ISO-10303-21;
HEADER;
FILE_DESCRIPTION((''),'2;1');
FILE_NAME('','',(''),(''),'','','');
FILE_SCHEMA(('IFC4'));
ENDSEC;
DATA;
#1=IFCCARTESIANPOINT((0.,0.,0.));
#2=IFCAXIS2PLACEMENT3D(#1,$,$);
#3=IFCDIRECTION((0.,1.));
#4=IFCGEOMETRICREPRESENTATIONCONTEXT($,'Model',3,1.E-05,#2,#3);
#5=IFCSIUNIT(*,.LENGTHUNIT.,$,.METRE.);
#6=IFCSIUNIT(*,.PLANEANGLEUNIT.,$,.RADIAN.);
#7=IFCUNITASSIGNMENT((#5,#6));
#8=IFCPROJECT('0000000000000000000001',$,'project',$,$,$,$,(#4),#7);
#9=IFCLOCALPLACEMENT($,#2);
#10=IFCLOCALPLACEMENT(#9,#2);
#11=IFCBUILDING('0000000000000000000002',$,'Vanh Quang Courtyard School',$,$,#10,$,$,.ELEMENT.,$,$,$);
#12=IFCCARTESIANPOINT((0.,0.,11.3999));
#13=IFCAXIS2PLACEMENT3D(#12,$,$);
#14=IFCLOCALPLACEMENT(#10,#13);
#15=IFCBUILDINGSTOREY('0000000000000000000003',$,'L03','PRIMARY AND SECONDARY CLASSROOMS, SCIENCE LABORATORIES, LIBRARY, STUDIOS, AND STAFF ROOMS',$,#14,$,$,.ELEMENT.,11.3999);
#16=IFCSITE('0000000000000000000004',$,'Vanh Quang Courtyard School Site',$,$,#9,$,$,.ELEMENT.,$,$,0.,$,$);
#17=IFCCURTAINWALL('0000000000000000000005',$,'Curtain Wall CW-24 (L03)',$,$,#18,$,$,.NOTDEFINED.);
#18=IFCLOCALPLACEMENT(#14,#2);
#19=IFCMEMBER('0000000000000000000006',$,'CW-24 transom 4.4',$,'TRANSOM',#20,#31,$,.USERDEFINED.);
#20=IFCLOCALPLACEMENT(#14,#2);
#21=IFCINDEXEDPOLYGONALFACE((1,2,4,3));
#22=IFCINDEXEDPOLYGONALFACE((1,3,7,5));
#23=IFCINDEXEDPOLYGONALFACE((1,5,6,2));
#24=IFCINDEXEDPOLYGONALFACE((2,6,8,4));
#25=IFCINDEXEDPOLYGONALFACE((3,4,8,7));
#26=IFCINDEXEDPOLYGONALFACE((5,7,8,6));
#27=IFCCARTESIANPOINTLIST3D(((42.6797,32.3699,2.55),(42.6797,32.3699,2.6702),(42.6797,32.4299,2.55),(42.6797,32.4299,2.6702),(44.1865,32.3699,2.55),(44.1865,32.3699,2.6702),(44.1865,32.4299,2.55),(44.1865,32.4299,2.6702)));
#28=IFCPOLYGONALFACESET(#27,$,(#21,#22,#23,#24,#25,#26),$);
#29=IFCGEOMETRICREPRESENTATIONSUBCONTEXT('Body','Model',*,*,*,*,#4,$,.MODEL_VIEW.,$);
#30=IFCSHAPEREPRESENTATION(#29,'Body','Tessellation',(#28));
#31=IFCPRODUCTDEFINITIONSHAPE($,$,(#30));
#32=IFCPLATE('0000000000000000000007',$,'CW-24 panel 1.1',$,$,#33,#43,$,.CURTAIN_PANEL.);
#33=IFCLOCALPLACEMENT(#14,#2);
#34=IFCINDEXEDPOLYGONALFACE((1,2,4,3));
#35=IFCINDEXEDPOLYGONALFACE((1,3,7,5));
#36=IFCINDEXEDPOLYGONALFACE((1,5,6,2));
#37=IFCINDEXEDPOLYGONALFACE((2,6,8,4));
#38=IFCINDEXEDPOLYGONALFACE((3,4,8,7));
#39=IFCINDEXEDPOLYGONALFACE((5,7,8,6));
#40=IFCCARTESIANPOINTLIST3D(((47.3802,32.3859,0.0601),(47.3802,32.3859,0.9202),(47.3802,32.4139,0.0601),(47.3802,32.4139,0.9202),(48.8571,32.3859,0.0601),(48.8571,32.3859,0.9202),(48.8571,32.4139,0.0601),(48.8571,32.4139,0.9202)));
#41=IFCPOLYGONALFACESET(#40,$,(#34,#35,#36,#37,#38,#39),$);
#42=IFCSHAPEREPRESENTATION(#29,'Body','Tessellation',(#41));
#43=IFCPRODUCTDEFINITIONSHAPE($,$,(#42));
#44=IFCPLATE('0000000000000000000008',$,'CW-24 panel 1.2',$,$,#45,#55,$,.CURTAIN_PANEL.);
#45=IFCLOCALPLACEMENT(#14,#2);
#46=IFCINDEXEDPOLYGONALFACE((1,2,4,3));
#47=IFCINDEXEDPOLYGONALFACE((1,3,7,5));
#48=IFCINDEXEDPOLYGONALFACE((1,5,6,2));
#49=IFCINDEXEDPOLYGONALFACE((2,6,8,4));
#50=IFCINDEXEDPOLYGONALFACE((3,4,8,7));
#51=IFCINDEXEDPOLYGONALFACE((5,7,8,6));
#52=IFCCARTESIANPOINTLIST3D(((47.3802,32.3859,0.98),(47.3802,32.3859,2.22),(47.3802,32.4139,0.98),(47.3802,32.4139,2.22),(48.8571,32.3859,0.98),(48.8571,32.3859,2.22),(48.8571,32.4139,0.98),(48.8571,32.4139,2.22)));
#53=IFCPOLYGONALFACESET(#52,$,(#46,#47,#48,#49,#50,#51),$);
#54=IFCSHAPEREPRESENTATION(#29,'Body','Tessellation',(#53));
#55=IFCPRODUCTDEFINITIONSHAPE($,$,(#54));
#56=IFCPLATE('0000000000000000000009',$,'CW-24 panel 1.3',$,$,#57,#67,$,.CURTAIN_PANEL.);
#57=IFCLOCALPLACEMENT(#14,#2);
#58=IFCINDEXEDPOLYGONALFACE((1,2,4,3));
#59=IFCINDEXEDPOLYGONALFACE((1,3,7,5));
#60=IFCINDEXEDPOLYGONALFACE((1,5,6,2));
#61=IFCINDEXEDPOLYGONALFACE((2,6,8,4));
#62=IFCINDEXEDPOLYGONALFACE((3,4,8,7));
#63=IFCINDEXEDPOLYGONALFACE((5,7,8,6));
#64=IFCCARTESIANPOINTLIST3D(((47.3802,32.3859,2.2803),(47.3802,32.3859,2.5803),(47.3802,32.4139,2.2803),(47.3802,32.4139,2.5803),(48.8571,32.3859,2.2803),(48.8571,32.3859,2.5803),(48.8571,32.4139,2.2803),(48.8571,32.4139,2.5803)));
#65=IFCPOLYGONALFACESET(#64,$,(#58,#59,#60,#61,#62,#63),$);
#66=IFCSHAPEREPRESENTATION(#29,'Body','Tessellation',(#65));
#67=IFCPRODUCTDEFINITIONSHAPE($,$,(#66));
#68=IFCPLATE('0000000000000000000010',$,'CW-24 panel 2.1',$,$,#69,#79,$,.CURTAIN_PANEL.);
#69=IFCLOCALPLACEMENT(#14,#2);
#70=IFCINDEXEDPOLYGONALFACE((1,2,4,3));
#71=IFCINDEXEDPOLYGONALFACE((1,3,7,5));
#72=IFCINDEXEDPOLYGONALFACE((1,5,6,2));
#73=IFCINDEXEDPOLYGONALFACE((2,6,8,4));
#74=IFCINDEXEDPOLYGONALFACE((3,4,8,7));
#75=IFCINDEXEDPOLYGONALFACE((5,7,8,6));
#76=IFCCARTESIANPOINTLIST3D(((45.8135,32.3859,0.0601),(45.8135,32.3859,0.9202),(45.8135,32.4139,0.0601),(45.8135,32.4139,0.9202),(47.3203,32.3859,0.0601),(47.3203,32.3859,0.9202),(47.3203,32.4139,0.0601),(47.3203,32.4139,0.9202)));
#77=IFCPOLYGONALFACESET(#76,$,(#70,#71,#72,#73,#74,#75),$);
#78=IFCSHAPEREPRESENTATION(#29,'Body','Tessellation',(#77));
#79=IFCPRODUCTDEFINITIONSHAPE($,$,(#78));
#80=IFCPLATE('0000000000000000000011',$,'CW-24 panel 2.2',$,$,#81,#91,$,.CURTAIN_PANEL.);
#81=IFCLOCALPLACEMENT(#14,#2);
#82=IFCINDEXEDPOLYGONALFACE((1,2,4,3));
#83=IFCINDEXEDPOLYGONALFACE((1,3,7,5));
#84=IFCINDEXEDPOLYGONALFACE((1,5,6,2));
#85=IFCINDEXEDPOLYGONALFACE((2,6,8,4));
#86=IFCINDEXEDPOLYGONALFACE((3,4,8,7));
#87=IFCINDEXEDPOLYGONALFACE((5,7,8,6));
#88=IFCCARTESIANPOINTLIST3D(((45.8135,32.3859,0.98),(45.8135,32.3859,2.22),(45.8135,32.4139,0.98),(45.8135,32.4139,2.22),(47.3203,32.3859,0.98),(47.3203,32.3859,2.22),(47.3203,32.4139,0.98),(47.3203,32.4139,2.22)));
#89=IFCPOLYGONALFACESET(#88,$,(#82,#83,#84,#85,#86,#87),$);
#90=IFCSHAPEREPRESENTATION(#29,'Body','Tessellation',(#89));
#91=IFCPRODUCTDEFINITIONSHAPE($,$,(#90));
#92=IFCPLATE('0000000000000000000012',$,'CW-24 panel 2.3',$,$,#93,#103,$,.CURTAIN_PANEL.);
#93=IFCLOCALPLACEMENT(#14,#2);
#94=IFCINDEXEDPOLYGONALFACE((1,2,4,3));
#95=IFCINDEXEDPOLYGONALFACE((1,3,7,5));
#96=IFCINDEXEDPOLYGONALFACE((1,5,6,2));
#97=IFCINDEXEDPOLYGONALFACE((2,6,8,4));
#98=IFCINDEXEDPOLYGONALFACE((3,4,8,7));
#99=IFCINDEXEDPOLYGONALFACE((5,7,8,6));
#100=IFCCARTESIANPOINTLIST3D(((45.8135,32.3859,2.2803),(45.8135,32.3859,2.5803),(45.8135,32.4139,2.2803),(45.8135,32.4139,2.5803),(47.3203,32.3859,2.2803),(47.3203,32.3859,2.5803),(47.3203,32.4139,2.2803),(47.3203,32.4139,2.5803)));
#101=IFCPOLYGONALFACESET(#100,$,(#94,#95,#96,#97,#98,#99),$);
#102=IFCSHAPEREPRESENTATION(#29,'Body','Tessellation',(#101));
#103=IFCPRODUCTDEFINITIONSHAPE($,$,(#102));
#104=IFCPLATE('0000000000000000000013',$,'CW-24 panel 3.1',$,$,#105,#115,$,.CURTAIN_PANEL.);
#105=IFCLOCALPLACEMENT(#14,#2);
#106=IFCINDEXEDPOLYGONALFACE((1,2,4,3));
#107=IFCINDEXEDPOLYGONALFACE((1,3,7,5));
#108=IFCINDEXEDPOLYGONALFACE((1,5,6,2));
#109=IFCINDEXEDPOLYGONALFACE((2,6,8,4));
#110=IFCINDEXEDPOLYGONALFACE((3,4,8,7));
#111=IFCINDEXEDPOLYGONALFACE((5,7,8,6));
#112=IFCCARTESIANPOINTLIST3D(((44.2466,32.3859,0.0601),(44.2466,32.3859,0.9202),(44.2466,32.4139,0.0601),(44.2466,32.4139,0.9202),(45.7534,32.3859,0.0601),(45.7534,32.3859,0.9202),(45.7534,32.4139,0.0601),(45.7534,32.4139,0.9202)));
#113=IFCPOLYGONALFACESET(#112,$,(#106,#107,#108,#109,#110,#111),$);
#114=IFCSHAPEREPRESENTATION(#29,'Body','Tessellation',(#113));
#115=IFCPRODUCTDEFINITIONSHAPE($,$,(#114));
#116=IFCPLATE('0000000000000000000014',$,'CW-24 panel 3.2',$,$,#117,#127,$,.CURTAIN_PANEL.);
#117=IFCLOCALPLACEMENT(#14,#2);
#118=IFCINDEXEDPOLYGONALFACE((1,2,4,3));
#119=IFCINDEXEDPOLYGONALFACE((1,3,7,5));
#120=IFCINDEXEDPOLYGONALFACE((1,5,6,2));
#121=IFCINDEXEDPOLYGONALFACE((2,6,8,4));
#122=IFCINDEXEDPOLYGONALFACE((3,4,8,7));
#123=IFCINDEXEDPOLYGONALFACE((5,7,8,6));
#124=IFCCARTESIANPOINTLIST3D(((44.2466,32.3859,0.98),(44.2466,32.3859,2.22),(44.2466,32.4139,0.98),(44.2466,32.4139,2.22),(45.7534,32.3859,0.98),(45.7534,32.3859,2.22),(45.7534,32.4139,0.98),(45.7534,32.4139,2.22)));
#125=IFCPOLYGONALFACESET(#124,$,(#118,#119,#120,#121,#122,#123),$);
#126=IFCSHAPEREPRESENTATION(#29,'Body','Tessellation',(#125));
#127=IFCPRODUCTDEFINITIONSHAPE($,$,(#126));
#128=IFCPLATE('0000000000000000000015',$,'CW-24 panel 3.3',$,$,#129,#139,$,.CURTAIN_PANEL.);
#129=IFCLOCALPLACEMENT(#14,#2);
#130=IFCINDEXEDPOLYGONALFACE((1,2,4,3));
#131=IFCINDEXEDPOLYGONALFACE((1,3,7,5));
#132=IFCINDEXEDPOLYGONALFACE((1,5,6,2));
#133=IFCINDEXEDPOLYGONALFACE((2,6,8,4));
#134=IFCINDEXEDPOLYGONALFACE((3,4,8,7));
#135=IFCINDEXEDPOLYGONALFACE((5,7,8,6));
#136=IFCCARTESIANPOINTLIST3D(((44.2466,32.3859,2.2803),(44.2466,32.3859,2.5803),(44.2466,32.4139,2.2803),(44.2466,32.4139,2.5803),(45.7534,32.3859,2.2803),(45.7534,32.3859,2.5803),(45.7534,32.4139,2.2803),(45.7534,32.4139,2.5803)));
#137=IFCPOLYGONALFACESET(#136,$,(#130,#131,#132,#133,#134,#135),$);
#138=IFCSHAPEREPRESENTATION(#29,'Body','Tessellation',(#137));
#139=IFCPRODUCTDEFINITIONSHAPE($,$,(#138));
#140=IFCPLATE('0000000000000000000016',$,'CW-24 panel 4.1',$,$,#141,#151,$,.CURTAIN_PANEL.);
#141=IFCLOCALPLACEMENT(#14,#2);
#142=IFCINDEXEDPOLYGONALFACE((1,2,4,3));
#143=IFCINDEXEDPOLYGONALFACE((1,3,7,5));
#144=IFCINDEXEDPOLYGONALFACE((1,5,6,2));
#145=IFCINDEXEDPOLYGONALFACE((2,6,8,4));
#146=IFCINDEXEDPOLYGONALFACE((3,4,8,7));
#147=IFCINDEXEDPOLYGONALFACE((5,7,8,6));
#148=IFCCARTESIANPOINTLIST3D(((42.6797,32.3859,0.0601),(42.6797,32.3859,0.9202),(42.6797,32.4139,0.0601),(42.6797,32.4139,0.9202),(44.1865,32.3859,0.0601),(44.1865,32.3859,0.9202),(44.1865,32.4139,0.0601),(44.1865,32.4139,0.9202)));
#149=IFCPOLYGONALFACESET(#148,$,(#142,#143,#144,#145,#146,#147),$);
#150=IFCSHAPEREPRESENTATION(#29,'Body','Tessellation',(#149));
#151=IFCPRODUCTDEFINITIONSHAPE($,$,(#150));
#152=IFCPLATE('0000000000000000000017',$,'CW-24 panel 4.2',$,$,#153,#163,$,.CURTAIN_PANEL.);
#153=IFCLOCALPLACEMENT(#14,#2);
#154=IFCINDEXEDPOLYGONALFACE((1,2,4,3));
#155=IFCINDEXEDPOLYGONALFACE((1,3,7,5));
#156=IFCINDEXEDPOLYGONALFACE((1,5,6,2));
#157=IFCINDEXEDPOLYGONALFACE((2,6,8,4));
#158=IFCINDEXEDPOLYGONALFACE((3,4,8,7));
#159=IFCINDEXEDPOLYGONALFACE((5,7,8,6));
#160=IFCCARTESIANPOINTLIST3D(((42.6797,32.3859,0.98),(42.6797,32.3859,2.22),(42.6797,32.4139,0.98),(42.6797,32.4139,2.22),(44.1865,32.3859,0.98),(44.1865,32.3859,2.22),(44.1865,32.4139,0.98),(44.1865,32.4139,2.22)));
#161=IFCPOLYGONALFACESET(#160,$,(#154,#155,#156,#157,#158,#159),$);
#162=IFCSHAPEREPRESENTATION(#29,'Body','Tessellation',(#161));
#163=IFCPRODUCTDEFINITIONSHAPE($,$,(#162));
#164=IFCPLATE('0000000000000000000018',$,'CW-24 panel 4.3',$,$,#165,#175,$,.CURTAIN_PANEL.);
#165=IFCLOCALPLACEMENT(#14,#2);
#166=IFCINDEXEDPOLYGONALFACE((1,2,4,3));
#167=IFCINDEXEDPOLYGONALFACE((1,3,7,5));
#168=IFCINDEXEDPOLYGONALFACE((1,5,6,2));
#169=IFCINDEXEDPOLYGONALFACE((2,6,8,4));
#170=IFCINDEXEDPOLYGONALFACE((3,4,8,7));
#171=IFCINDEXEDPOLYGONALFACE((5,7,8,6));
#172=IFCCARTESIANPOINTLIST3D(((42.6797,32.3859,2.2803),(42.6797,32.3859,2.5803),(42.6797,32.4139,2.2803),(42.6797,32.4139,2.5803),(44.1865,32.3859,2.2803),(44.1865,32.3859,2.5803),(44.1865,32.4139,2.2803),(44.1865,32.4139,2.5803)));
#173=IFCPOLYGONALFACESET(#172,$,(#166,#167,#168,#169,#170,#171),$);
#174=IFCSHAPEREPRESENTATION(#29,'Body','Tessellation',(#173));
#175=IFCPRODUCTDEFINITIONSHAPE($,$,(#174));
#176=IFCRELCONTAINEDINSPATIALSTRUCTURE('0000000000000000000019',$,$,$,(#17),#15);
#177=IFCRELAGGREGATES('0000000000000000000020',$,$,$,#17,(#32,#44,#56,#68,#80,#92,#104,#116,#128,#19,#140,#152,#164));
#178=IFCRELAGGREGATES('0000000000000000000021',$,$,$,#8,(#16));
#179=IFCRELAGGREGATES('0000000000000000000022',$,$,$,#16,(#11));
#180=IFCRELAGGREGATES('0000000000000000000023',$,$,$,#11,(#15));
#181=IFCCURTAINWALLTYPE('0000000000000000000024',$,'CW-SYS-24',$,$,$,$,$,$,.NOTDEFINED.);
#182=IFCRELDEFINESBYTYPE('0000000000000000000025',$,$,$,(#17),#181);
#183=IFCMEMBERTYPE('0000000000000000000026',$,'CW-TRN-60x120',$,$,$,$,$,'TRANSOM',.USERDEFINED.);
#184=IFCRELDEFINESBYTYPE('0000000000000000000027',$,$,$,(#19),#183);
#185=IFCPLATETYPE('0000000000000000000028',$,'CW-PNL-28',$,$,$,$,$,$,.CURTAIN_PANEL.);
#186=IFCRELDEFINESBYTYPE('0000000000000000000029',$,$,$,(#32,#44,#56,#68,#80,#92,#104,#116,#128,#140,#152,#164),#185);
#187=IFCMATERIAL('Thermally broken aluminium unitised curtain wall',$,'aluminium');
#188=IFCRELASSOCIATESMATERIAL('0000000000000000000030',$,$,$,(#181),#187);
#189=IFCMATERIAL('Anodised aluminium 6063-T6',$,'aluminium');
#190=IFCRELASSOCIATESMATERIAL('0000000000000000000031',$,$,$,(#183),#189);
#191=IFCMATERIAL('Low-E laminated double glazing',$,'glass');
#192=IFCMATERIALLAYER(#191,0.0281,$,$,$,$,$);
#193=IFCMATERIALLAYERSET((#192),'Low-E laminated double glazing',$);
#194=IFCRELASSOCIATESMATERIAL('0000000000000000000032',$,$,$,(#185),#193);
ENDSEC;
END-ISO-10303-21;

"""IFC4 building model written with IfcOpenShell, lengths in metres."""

from ifc_helpers import new_model, si_unit, direction, frame, origin, origin_2d, place, context, subcontext, project, spatial, rectangle, extrude, material, layer, layer_set, material_profile, profile_set, type_object, element, aggregate, save


model = new_model("IFC4")

# Units and contexts
model_context = context("Model", 3, precision=1e-05, world=origin(), true_north=direction((0.0, 1.0)))
body_context = subcontext(model_context, "Body", "Model", "MODEL_VIEW")
ifc_project = project(units=[si_unit("LENGTHUNIT", "METRE"), si_unit("PLANEANGLEUNIT", "RADIAN")], contexts=[model_context])

# Site, building, storey
site_placement = place(None, origin())
site = spatial("IfcSite", under=ifc_project, at=site_placement, Name="Vanh Quang Courtyard School Site", CompositionType="ELEMENT", RefElevation=0.0)
building_placement = place(site_placement, origin())
building = spatial("IfcBuilding", under=site, at=building_placement, Name="Vanh Quang Courtyard School", CompositionType="ELEMENT")
storey_placement = place(building_placement, frame((0.0, 0.0, 11.3999)))
storey = spatial("IfcBuildingStorey", under=building, at=storey_placement, Name="L03", Description="PRIMARY AND SECONDARY CLASSROOMS, SCIENCE LABORATORIES, LIBRARY, STUDIOS, AND STAFF ROOMS", CompositionType="ELEMENT", Elevation=11.3999)

# Curtain wall, member, plates
ifc_material_1 = material(Name="Thermally broken aluminium unitised curtain wall", Category="aluminium")
curtain_wall_type = type_object("IfcCurtainWallType", Name="CW-SYS-24", PredefinedType="NOTDEFINED", material=ifc_material_1)
curtain_wall_placement = place(storey_placement, origin())
curtain_wall = element("IfcCurtainWall", 1, at=curtain_wall_placement, inside=storey, type_object=curtain_wall_type, Name="Curtain Wall CW-24 (L03)", PredefinedType="NOTDEFINED")
ifc_material_2 = material(Name="Anodised aluminium 6063-T6", Category="aluminium")
ifc_material_profile_1 = material_profile(ifc_material_2, rectangle(XDim=0.0601, YDim=0.1201, at=origin_2d()), Name="ALU-TRN 60x120")
ifc_profile_set_1 = profile_set([ifc_material_profile_1], Name="Anodised aluminium 6063-T6")
member_type_1 = type_object("IfcMemberType", Name="CW-TRN-60x120", ElementType="TRANSOM", PredefinedType="USERDEFINED", material=ifc_profile_set_1)
member_1_placement = place(storey_placement, frame((44.1865, 32.3999, 2.6101), z_axis=(-1.0, 0.0, 0.0), x_axis=(0.0, -1.0, 0.0)))
member_1 = element("IfcMember", 2, at=member_1_placement, type_object=member_type_1, Name="CW-24 transom 4.4", ObjectType="TRANSOM", PredefinedType="USERDEFINED", context=body_context, shape_type="SweptSolid", body=[
    extrude(rectangle(XDim=0.0601, YDim=0.1201, at=origin_2d()), origin(), (0.0, 0.0, 1.0), 1.5068),
])
ifc_material_3 = material(Name="Low-E laminated double glazing", Category="glass")
ifc_layer = layer(ifc_material_3, 0.0281)
ifc_layer_set = layer_set([ifc_layer], Name="Low-E laminated double glazing")
plate_type = type_object("IfcPlateType", Name="CW-PNL-28", PredefinedType="CURTAIN_PANEL", material=ifc_layer_set)
plate_1_placement = place(storey_placement, frame((48.1187, 32.3999, 0.0601), z_axis=(0.0, 0.0, 1.0), x_axis=(-1.0, 0.0, 0.0)))
plate_1 = element("IfcPlate", 3, at=plate_1_placement, type_object=plate_type, Name="CW-24 panel 1.1", PredefinedType="CURTAIN_PANEL", context=body_context, shape_type="SweptSolid", body=[
    extrude(rectangle(XDim=1.4768, YDim=0.0281, at=origin_2d()), origin(), (0.0, 0.0, 1.0), 0.8601),
])
plate_2_placement = place(storey_placement, frame((48.1187, 32.3999, 0.98), z_axis=(0.0, 0.0, 1.0), x_axis=(-1.0, 0.0, 0.0)))
plate_2 = element("IfcPlate", 4, at=plate_2_placement, type_object=plate_type, Name="CW-24 panel 1.2", PredefinedType="CURTAIN_PANEL", context=body_context, shape_type="SweptSolid", body=[
    extrude(rectangle(XDim=1.4768, YDim=0.0281, at=origin_2d()), origin(), (0.0, 0.0, 1.0), 1.24),
])
plate_3_placement = place(storey_placement, frame((48.1187, 32.3999, 2.2803), z_axis=(0.0, 0.0, 1.0), x_axis=(-1.0, 0.0, 0.0)))
plate_3 = element("IfcPlate", 5, at=plate_3_placement, type_object=plate_type, Name="CW-24 panel 1.3", PredefinedType="CURTAIN_PANEL", context=body_context, shape_type="SweptSolid", body=[
    extrude(rectangle(XDim=1.4768, YDim=0.0281, at=origin_2d()), origin(), (0.0, 0.0, 1.0), 0.3),
])
plate_4_placement = place(storey_placement, frame((46.5669, 32.3999, 0.0601), z_axis=(0.0, 0.0, 1.0), x_axis=(-1.0, 0.0, 0.0)))
plate_4 = element("IfcPlate", 6, at=plate_4_placement, type_object=plate_type, Name="CW-24 panel 2.1", PredefinedType="CURTAIN_PANEL", context=body_context, shape_type="SweptSolid", body=[
    extrude(rectangle(XDim=1.5068, YDim=0.0281, at=origin_2d()), origin(), (0.0, 0.0, 1.0), 0.8601),
])
plate_5_placement = place(storey_placement, frame((46.5669, 32.3999, 0.98), z_axis=(0.0, 0.0, 1.0), x_axis=(-1.0, 0.0, 0.0)))
plate_5 = element("IfcPlate", 7, at=plate_5_placement, type_object=plate_type, Name="CW-24 panel 2.2", PredefinedType="CURTAIN_PANEL", context=body_context, shape_type="SweptSolid", body=[
    extrude(rectangle(XDim=1.5068, YDim=0.0281, at=origin_2d()), origin(), (0.0, 0.0, 1.0), 1.24),
])
plate_6_placement = place(storey_placement, frame((46.5669, 32.3999, 2.2803), z_axis=(0.0, 0.0, 1.0), x_axis=(-1.0, 0.0, 0.0)))
plate_6 = element("IfcPlate", 8, at=plate_6_placement, type_object=plate_type, Name="CW-24 panel 2.3", PredefinedType="CURTAIN_PANEL", context=body_context, shape_type="SweptSolid", body=[
    extrude(rectangle(XDim=1.5068, YDim=0.0281, at=origin_2d()), origin(), (0.0, 0.0, 1.0), 0.3),
])
plate_7_placement = place(storey_placement, frame((45.0, 32.3999, 0.0601), z_axis=(0.0, 0.0, 1.0), x_axis=(-1.0, 0.0, 0.0)))
plate_7 = element("IfcPlate", 9, at=plate_7_placement, type_object=plate_type, Name="CW-24 panel 3.1", PredefinedType="CURTAIN_PANEL", context=body_context, shape_type="SweptSolid", body=[
    extrude(rectangle(XDim=1.5068, YDim=0.0281, at=origin_2d()), origin(), (0.0, 0.0, 1.0), 0.8601),
])
plate_8_placement = place(storey_placement, frame((45.0, 32.3999, 0.98), z_axis=(0.0, 0.0, 1.0), x_axis=(-1.0, 0.0, 0.0)))
plate_8 = element("IfcPlate", 10, at=plate_8_placement, type_object=plate_type, Name="CW-24 panel 3.2", PredefinedType="CURTAIN_PANEL", context=body_context, shape_type="SweptSolid", body=[
    extrude(rectangle(XDim=1.5068, YDim=0.0281, at=origin_2d()), origin(), (0.0, 0.0, 1.0), 1.24),
])
plate_9_placement = place(storey_placement, frame((45.0, 32.3999, 2.2803), z_axis=(0.0, 0.0, 1.0), x_axis=(-1.0, 0.0, 0.0)))
plate_9 = element("IfcPlate", 11, at=plate_9_placement, type_object=plate_type, Name="CW-24 panel 3.3", PredefinedType="CURTAIN_PANEL", context=body_context, shape_type="SweptSolid", body=[
    extrude(rectangle(XDim=1.5068, YDim=0.0281, at=origin_2d()), origin(), (0.0, 0.0, 1.0), 0.3),
])
plate_10_placement = place(storey_placement, frame((43.4331, 32.3999, 0.0601), z_axis=(0.0, 0.0, 1.0), x_axis=(-1.0, 0.0, 0.0)))
plate_10 = element("IfcPlate", 12, at=plate_10_placement, type_object=plate_type, Name="CW-24 panel 4.1", PredefinedType="CURTAIN_PANEL", context=body_context, shape_type="SweptSolid", body=[
    extrude(rectangle(XDim=1.5068, YDim=0.0281, at=origin_2d()), origin(), (0.0, 0.0, 1.0), 0.8601),
])
plate_11_placement = place(storey_placement, frame((43.4331, 32.3999, 0.98), z_axis=(0.0, 0.0, 1.0), x_axis=(-1.0, 0.0, 0.0)))
plate_11 = element("IfcPlate", 13, at=plate_11_placement, type_object=plate_type, Name="CW-24 panel 4.2", PredefinedType="CURTAIN_PANEL", context=body_context, shape_type="SweptSolid", body=[
    extrude(rectangle(XDim=1.5068, YDim=0.0281, at=origin_2d()), origin(), (0.0, 0.0, 1.0), 1.24),
])
plate_12_placement = place(storey_placement, frame((43.4331, 32.3999, 2.2803), z_axis=(0.0, 0.0, 1.0), x_axis=(-1.0, 0.0, 0.0)))
plate_12 = element("IfcPlate", 14, at=plate_12_placement, type_object=plate_type, Name="CW-24 panel 4.3", PredefinedType="CURTAIN_PANEL", context=body_context, shape_type="SweptSolid", body=[
    extrude(rectangle(XDim=1.5068, YDim=0.0281, at=origin_2d()), origin(), (0.0, 0.0, 1.0), 0.3),
])
aggregate(curtain_wall, [plate_1, plate_2, plate_3, plate_4, plate_5, plate_6, plate_7, plate_8, plate_9, member_1, plate_10, plate_11, plate_12])

save(model, "model.ifc")
